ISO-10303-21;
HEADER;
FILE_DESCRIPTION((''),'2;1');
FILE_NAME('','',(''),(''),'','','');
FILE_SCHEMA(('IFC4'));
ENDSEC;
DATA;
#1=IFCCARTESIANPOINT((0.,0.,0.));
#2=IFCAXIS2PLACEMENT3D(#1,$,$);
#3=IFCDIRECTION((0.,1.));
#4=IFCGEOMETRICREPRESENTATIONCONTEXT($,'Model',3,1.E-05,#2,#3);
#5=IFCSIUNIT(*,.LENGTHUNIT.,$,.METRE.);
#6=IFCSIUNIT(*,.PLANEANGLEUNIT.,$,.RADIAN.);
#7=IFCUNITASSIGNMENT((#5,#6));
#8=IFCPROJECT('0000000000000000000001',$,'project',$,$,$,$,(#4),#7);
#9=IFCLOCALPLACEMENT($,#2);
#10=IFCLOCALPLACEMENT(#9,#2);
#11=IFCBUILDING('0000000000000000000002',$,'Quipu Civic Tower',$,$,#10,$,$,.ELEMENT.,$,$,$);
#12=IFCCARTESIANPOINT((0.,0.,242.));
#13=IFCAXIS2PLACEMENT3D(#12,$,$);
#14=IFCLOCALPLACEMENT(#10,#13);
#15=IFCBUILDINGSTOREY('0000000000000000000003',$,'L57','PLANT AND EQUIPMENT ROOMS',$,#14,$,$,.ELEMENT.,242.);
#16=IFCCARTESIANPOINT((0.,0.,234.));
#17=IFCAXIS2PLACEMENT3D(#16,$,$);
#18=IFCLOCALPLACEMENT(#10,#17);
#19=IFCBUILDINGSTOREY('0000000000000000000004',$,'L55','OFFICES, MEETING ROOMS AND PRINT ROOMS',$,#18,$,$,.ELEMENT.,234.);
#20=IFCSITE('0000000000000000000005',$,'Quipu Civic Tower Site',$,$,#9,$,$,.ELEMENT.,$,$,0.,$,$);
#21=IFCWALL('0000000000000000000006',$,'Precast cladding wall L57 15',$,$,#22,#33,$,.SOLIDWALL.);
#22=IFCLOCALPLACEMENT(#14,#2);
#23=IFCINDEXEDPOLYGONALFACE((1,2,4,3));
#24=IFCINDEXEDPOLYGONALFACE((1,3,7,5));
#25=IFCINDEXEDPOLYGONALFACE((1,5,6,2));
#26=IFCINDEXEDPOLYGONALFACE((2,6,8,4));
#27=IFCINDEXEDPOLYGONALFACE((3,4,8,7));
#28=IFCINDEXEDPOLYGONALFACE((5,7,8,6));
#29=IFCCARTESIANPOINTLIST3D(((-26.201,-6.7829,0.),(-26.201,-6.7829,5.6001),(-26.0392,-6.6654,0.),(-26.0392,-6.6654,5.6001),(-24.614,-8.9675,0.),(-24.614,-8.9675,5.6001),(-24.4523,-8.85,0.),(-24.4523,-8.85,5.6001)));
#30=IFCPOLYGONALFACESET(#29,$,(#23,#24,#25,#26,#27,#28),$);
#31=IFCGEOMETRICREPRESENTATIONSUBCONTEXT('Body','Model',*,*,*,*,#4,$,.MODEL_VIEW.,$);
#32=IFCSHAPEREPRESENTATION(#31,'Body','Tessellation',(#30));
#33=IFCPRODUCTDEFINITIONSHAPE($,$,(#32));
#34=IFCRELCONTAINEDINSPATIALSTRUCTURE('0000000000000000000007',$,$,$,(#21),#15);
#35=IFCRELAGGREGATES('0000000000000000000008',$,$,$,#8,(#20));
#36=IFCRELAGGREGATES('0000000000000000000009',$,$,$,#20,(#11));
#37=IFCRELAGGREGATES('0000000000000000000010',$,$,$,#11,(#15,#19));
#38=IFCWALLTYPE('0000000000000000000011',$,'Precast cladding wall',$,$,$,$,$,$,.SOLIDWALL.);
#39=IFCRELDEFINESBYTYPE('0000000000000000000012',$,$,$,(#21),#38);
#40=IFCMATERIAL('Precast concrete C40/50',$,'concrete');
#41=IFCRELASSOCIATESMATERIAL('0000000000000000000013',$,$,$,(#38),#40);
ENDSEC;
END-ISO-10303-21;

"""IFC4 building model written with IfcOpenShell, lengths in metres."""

from ifc_helpers import new_model, si_unit, direction, frame, frame_2d, origin, place, context, subcontext, project, spatial, rectangle, extrude, material, type_object, element, save


model = new_model("IFC4")

# Units and contexts
model_context = context("Model", 3, precision=1e-05, world=origin(), true_north=direction((0.0, 1.0)))
body_context = subcontext(model_context, "Body", "Model", "MODEL_VIEW")
ifc_project = project(units=[si_unit("LENGTHUNIT", "METRE"), si_unit("PLANEANGLEUNIT", "RADIAN")], contexts=[model_context])

# Site, building, storey
site_placement = place(None, origin())
site = spatial("IfcSite", under=ifc_project, at=site_placement, Name="Quipu Civic Tower Site", CompositionType="ELEMENT", RefElevation=0.0)
building_placement = place(site_placement, origin())
building = spatial("IfcBuilding", under=site, at=building_placement, Name="Quipu Civic Tower", CompositionType="ELEMENT")
storey_1_placement = place(building_placement, frame((0.0, 0.0, 242.0)))
storey_1 = spatial("IfcBuildingStorey", under=building, at=storey_1_placement, Name="L57", Description="PLANT AND EQUIPMENT ROOMS", CompositionType="ELEMENT", Elevation=242.0)

# Shared definitions
storey_2_placement = place(building_placement, frame((0.0, 0.0, 234.0)))
storey_2 = spatial("IfcBuildingStorey", under=building, at=storey_2_placement, Name="L55", Description="OFFICES, MEETING ROOMS AND PRINT ROOMS", CompositionType="ELEMENT", Elevation=234.0)

# Wall
ifc_material_1 = material(Name="Precast concrete C40/50", Category="concrete")
wall_type_1 = type_object("IfcWallType", Name="Precast cladding wall", PredefinedType="SOLIDWALL", material=ifc_material_1)
wall_1_placement = place(storey_1_placement, frame((-26.1201, -6.7241, 0.0), z_axis=(0.0, 0.0, 1.0), x_axis=(0.58772, -0.809064, 0.0)))
element("IfcWall", 1, at=wall_1_placement, inside=storey_1, type_object=wall_type_1, Name="Precast cladding wall L57 15", PredefinedType="SOLIDWALL", context=body_context, shape_type="SweptSolid", body=[
    extrude(rectangle(XDim=2.7002, YDim=0.2, at=frame_2d((1.3501, 0.0))), origin(), (0.0, 0.0, 1.0), 5.6001),
])

save(model, "model.ifc")
